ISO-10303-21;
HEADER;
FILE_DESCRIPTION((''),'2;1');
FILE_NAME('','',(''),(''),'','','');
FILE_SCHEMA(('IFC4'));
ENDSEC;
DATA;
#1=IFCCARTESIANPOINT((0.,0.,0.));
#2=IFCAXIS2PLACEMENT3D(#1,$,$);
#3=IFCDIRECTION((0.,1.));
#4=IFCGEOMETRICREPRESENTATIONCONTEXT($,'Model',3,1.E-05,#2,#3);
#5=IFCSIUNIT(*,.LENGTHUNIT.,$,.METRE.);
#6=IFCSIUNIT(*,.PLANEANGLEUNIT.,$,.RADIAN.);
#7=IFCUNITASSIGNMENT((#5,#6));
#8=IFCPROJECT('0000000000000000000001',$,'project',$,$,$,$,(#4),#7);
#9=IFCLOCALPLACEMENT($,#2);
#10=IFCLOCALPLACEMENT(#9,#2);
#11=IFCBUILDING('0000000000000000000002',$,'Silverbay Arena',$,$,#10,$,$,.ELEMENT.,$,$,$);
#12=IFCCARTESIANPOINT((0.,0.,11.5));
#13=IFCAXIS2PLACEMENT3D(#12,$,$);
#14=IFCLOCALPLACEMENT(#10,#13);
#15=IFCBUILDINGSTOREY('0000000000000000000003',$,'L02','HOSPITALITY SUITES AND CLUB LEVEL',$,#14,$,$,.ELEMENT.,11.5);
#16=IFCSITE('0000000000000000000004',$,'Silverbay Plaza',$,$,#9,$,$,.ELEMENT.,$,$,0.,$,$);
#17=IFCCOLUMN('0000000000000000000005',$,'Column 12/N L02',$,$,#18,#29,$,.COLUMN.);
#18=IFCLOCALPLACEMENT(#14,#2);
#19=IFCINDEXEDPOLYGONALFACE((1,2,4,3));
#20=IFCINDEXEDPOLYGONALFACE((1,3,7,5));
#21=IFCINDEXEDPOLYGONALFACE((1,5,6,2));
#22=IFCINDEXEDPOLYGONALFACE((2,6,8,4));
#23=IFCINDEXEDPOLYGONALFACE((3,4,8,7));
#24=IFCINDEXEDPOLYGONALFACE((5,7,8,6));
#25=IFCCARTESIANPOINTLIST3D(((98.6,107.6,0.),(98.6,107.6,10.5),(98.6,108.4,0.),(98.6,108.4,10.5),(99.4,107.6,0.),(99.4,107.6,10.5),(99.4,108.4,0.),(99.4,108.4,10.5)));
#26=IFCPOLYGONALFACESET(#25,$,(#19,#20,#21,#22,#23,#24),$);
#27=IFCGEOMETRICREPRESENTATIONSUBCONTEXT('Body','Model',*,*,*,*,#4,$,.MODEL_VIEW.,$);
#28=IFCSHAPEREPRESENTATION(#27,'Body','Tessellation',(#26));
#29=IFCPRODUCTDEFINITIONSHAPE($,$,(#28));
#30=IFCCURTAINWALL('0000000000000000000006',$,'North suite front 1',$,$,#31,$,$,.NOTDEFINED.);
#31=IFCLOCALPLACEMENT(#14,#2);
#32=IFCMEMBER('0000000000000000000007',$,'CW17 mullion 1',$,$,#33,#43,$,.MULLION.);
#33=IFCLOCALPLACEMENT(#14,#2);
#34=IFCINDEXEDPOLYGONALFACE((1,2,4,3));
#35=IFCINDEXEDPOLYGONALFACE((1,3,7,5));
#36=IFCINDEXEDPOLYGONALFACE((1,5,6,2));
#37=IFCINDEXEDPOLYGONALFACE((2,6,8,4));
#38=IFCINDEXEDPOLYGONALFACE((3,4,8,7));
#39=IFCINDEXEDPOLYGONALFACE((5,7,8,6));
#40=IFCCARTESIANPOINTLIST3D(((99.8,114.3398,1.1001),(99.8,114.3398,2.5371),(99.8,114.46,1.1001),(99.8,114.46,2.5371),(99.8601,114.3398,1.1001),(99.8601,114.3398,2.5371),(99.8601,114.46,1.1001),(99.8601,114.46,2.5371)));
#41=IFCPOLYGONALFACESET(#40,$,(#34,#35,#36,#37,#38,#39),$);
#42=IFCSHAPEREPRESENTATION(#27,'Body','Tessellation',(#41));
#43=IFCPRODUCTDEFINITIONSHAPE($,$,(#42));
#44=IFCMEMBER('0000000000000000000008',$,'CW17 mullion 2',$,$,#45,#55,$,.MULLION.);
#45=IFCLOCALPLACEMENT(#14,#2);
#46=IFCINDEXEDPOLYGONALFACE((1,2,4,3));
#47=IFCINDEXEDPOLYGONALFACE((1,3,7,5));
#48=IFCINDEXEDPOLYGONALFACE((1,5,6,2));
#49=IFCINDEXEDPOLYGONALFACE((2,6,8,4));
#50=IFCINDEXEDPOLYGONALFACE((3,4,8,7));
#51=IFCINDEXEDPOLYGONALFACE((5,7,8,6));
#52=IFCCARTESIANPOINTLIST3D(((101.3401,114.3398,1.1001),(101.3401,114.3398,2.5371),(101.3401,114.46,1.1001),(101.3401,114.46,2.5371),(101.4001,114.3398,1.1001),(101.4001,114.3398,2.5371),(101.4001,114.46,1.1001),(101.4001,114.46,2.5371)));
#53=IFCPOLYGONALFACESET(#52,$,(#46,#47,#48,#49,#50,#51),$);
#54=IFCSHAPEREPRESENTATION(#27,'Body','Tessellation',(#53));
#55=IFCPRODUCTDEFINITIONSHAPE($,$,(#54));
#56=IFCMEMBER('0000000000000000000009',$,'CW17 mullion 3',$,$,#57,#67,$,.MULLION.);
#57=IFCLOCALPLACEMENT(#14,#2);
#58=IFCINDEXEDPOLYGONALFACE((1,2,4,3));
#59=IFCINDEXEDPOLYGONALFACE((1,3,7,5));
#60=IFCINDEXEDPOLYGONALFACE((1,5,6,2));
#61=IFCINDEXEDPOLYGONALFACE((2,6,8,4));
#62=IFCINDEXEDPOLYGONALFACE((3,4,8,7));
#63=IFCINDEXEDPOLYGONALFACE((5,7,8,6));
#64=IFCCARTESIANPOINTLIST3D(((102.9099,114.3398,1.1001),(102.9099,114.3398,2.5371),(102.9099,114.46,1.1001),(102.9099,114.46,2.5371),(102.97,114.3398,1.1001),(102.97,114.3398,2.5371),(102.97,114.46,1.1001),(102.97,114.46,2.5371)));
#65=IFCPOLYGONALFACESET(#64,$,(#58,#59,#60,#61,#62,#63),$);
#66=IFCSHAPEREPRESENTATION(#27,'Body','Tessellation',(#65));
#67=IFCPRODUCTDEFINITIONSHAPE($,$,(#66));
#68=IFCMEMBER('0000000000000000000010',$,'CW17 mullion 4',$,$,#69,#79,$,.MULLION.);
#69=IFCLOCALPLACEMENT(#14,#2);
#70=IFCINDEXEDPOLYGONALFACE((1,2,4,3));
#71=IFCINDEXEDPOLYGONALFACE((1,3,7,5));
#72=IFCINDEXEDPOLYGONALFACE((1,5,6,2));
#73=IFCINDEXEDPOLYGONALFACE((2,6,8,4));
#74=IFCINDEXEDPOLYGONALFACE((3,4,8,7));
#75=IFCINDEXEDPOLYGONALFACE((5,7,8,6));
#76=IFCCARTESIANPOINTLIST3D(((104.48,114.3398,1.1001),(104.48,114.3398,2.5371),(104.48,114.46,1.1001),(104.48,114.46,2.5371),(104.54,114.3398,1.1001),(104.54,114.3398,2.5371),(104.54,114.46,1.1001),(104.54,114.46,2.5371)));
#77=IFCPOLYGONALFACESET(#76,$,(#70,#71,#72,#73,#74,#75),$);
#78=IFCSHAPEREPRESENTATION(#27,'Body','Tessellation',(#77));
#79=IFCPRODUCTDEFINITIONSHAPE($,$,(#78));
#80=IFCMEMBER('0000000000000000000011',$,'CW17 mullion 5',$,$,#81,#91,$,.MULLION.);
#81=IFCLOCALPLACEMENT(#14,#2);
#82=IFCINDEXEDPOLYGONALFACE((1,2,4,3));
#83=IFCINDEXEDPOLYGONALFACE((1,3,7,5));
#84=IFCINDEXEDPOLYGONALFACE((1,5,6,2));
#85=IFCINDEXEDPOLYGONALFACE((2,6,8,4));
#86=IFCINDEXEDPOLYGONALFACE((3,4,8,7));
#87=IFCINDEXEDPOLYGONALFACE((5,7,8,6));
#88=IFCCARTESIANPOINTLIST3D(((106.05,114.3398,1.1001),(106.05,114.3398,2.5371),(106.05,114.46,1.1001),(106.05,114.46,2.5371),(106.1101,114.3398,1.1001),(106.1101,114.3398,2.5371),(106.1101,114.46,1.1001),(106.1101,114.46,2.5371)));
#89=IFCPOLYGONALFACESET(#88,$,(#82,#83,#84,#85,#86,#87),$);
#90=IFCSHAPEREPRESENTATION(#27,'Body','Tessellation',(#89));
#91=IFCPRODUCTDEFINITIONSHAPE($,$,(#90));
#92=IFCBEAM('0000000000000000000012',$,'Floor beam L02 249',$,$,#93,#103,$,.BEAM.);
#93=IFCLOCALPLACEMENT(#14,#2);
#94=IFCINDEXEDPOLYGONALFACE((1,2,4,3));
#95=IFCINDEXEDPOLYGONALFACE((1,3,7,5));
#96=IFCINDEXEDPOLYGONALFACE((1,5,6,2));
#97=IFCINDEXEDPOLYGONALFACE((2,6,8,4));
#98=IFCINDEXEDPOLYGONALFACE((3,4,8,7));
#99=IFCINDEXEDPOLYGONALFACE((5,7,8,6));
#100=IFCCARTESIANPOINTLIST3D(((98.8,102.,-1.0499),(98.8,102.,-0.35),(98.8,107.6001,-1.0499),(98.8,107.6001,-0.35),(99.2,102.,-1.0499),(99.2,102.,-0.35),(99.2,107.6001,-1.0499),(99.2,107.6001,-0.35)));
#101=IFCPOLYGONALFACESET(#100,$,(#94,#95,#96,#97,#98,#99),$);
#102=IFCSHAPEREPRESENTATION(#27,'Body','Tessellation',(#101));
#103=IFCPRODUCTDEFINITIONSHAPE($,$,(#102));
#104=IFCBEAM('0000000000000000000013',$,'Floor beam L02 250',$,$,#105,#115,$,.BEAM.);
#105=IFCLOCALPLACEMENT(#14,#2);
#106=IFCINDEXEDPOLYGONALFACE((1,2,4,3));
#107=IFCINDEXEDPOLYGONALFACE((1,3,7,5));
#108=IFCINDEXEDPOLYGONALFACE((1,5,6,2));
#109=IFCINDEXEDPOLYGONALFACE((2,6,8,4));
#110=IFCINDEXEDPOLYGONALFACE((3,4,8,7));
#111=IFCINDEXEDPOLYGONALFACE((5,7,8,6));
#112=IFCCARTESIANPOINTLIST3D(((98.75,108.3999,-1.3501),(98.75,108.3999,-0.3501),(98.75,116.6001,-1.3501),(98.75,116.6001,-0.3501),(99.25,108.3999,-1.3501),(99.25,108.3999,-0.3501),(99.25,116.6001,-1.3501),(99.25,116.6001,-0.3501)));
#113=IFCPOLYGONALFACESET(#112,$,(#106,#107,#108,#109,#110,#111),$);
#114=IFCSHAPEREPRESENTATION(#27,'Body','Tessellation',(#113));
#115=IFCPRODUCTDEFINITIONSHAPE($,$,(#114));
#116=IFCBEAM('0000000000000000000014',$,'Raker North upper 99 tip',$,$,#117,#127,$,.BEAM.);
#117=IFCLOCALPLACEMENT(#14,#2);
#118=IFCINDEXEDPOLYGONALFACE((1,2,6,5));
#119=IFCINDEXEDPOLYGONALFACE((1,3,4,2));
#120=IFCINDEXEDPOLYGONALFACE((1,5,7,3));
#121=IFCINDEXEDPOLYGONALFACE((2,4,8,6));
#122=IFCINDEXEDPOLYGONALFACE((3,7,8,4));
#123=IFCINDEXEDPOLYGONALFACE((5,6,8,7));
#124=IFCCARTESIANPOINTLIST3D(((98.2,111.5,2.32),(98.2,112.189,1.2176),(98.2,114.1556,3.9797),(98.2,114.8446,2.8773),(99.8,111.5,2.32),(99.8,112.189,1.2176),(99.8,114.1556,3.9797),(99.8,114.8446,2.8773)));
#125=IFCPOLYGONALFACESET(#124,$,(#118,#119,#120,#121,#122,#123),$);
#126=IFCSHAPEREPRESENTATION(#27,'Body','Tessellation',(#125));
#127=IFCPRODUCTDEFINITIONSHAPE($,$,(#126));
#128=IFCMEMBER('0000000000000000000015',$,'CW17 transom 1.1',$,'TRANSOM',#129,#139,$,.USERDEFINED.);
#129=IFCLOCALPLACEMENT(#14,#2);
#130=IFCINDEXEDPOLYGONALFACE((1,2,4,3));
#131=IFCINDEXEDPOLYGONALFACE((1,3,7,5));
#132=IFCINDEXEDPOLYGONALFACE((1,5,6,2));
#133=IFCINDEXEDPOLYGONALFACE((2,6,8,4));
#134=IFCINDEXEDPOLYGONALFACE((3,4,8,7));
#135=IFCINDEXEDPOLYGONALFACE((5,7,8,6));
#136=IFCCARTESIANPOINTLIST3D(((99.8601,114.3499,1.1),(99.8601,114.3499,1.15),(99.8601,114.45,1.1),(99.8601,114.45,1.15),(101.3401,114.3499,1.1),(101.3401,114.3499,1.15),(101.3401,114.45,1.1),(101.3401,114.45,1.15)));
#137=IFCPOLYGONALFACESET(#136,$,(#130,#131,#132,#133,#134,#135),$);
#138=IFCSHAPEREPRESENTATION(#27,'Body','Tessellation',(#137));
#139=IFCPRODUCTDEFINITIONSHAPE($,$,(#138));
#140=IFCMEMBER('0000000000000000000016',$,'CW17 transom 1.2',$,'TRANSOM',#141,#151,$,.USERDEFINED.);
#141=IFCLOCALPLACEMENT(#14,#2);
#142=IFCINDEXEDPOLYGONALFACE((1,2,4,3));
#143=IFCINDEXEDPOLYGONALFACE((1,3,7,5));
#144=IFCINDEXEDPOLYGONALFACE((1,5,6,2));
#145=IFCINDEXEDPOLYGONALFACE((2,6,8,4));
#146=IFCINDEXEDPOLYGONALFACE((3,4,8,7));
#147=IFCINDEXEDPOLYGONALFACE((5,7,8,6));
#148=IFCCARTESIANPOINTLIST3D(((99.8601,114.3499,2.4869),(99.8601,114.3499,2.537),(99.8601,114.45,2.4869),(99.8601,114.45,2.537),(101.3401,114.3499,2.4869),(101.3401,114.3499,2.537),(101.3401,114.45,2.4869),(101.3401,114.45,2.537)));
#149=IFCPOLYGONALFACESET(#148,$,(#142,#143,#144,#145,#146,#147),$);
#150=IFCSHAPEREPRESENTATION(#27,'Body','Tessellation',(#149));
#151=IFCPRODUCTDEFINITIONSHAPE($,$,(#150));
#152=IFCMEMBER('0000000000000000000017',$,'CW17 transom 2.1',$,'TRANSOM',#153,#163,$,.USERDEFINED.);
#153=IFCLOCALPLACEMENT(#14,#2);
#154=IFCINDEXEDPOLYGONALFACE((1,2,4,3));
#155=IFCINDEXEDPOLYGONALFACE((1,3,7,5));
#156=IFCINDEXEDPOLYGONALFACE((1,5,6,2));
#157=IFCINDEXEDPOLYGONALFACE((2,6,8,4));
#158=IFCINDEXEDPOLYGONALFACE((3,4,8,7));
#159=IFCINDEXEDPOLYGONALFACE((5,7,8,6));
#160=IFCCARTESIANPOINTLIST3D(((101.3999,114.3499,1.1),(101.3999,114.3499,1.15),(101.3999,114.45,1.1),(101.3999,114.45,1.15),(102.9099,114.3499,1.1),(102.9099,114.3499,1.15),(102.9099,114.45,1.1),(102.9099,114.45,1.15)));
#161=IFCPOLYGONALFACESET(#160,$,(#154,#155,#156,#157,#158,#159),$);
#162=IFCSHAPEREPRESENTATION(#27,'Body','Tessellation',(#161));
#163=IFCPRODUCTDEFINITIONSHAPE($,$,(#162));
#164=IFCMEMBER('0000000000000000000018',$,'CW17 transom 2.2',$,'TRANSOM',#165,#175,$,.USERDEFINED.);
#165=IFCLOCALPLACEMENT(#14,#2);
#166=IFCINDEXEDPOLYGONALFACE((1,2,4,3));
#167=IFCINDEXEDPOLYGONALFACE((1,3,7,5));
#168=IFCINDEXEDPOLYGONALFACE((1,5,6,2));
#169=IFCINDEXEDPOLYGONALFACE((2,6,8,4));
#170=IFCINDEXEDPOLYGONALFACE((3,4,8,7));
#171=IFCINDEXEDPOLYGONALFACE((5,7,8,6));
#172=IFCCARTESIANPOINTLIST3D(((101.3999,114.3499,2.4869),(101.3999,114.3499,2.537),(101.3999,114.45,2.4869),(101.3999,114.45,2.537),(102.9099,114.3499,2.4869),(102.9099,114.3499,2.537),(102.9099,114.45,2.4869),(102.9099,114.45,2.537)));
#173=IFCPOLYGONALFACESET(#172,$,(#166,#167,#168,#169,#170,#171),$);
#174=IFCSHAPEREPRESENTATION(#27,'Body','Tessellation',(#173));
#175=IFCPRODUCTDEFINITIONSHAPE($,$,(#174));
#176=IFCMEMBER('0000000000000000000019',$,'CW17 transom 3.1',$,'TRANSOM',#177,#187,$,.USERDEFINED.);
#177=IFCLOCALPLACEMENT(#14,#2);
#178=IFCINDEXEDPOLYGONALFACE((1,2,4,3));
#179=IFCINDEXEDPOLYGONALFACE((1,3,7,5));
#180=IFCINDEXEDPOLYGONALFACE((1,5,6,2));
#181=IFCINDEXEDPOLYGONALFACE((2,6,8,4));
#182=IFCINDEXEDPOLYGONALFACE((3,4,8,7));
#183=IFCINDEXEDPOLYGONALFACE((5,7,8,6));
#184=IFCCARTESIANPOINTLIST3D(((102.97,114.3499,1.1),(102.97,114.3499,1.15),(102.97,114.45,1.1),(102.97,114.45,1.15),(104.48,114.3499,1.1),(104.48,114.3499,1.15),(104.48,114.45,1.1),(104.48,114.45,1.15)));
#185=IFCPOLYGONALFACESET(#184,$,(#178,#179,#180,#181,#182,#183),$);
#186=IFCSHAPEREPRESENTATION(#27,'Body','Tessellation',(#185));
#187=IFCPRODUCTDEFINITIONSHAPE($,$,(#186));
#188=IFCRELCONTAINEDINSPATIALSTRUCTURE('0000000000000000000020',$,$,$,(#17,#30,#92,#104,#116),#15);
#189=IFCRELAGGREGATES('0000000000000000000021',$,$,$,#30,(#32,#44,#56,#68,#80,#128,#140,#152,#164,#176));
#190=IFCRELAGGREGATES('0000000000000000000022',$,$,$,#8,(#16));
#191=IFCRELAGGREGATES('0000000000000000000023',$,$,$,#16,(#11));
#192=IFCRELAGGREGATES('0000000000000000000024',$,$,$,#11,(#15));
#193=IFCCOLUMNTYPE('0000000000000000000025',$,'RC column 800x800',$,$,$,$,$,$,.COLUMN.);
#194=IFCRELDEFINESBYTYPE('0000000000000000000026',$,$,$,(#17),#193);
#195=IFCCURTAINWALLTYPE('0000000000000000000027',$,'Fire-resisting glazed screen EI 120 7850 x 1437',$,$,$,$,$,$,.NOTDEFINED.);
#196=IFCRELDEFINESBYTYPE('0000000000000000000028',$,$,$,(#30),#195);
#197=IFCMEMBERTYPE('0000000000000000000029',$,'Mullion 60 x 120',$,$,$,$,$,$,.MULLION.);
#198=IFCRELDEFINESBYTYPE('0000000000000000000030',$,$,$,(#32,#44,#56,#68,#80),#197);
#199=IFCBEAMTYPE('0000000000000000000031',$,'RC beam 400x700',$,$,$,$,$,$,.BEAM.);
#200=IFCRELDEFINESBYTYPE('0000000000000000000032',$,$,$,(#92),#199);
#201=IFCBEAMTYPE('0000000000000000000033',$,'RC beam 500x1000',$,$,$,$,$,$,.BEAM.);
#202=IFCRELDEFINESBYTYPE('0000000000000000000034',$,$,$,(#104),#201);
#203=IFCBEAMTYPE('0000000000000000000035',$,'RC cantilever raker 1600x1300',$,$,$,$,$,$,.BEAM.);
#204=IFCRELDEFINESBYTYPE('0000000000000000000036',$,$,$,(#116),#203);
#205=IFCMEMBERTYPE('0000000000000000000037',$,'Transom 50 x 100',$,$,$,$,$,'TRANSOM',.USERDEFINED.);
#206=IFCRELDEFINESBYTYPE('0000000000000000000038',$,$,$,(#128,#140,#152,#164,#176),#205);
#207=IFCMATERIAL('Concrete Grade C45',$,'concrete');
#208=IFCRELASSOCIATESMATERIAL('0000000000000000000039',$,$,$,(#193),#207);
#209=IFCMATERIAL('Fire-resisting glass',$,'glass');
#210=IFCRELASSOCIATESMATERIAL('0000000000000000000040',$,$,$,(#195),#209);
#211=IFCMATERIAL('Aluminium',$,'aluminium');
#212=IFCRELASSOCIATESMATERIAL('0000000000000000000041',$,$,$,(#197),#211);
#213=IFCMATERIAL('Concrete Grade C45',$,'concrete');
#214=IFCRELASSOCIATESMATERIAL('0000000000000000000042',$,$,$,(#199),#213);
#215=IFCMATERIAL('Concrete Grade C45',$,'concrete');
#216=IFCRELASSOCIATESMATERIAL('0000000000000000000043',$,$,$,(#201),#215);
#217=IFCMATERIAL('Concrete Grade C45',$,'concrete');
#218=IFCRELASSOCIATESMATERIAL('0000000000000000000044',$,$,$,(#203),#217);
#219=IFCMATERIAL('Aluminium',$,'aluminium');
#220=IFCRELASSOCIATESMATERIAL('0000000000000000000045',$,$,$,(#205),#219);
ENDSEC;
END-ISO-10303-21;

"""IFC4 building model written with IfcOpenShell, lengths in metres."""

from ifc_helpers import new_model, si_unit, direction, frame, origin, origin_2d, place, context, subcontext, project, spatial, rectangle, extrude, material, material_profile, profile_set, type_object, element, aggregate, save


model = new_model("IFC4")

# Units and contexts
model_context = context("Model", 3, precision=1e-05, world=origin(), true_north=direction((0.0, 1.0)))
body_context = subcontext(model_context, "Body", "Model", "MODEL_VIEW")
ifc_project = project(units=[si_unit("LENGTHUNIT", "METRE"), si_unit("PLANEANGLEUNIT", "RADIAN")], contexts=[model_context])

# Site, building, storey
site_placement = place(None, origin())
site = spatial("IfcSite", under=ifc_project, at=site_placement, Name="Silverbay Plaza", CompositionType="ELEMENT", RefElevation=0.0)
building_placement = place(site_placement, origin())
building = spatial("IfcBuilding", under=site, at=building_placement, Name="Silverbay Arena", CompositionType="ELEMENT")
storey_placement = place(building_placement, frame((0.0, 0.0, 11.5)))
storey = spatial("IfcBuildingStorey", under=building, at=storey_placement, Name="L02", Description="HOSPITALITY SUITES AND CLUB LEVEL", CompositionType="ELEMENT", Elevation=11.5)

# Column
ifc_material_1 = material(Name="Concrete Grade C45", Category="concrete")
ifc_material_profile_1 = material_profile(ifc_material_1, rectangle(XDim=0.8, YDim=0.8, at=origin_2d()), Name="RC 800x800")
ifc_profile_set_1 = profile_set([ifc_material_profile_1], Name="Concrete Grade C45")
column_type = type_object("IfcColumnType", Name="RC column 800x800", PredefinedType="COLUMN", material=ifc_profile_set_1)
column_placement = place(storey_placement, frame((99.0, 108.0, 0.0), z_axis=(0.0, 0.0, 1.0), x_axis=(1.0, 0.0, 0.0)))
element("IfcColumn", 1, at=column_placement, inside=storey, type_object=column_type, Name="Column 12/N L02", PredefinedType="COLUMN", context=body_context, shape_type="SweptSolid", body=[
    extrude(rectangle(XDim=0.8, YDim=0.8, at=origin_2d()), origin(), (0.0, 0.0, 1.0), 10.5),
])

# Curtain wall, members
ifc_material_2 = material(Name="Fire-resisting glass", Category="glass")
curtain_wall_type = type_object("IfcCurtainWallType", Name="Fire-resisting glazed screen EI 120 7850 x 1437", PredefinedType="NOTDEFINED", material=ifc_material_2)
curtain_wall_placement = place(storey_placement, origin())
curtain_wall = element("IfcCurtainWall", 2, at=curtain_wall_placement, inside=storey, type_object=curtain_wall_type, Name="North suite front 1", PredefinedType="NOTDEFINED")
ifc_material_3 = material(Name="Aluminium", Category="aluminium")
ifc_material_profile_2 = material_profile(ifc_material_3, rectangle(XDim=0.1201, YDim=0.0601, at=origin_2d()), Name="Mullion 60 x 120")
ifc_profile_set_2 = profile_set([ifc_material_profile_2], Name="Aluminium")
member_type_1 = type_object("IfcMemberType", Name="Mullion 60 x 120", PredefinedType="MULLION", material=ifc_profile_set_2)
member_1_placement = place(storey_placement, frame((99.8301, 114.3999, 1.1001), z_axis=(0.0, 0.0, 1.0), x_axis=(0.0, 1.0, 0.0)))
member_1 = element("IfcMember", 3, at=member_1_placement, type_object=member_type_1, Name="CW17 mullion 1", PredefinedType="MULLION", context=body_context, shape_type="SweptSolid", body=[
    extrude(rectangle(XDim=0.1201, YDim=0.0601, at=origin_2d()), origin(), (0.0, 0.0, 1.0), 1.437),
])
member_2_placement = place(storey_placement, frame((101.3701, 114.3999, 1.1001), z_axis=(0.0, 0.0, 1.0), x_axis=(0.0, 1.0, 0.0)))
member_2 = element("IfcMember", 4, at=member_2_placement, type_object=member_type_1, Name="CW17 mullion 2", PredefinedType="MULLION", context=body_context, shape_type="SweptSolid", body=[
    extrude(rectangle(XDim=0.1201, YDim=0.0601, at=origin_2d()), origin(), (0.0, 0.0, 1.0), 1.437),
])
member_3_placement = place(storey_placement, frame((102.9399, 114.3999, 1.1001), z_axis=(0.0, 0.0, 1.0), x_axis=(0.0, 1.0, 0.0)))
member_3 = element("IfcMember", 5, at=member_3_placement, type_object=member_type_1, Name="CW17 mullion 3", PredefinedType="MULLION", context=body_context, shape_type="SweptSolid", body=[
    extrude(rectangle(XDim=0.1201, YDim=0.0601, at=origin_2d()), origin(), (0.0, 0.0, 1.0), 1.437),
])
member_4_placement = place(storey_placement, frame((104.51, 114.3999, 1.1001), z_axis=(0.0, 0.0, 1.0), x_axis=(0.0, 1.0, 0.0)))
member_4 = element("IfcMember", 6, at=member_4_placement, type_object=member_type_1, Name="CW17 mullion 4", PredefinedType="MULLION", context=body_context, shape_type="SweptSolid", body=[
    extrude(rectangle(XDim=0.1201, YDim=0.0601, at=origin_2d()), origin(), (0.0, 0.0, 1.0), 1.437),
])
member_5_placement = place(storey_placement, frame((106.0801, 114.3999, 1.1001), z_axis=(0.0, 0.0, 1.0), x_axis=(0.0, 1.0, 0.0)))
member_5 = element("IfcMember", 7, at=member_5_placement, type_object=member_type_1, Name="CW17 mullion 5", PredefinedType="MULLION", context=body_context, shape_type="SweptSolid", body=[
    extrude(rectangle(XDim=0.1201, YDim=0.0601, at=origin_2d()), origin(), (0.0, 0.0, 1.0), 1.437),
])

# Beams
ifc_material_4 = material(Name="Concrete Grade C45", Category="concrete")
ifc_material_profile_3 = material_profile(ifc_material_4, rectangle(XDim=0.3999, YDim=0.7, at=origin_2d()), Name="RC 400x700")
ifc_profile_set_3 = profile_set([ifc_material_profile_3], Name="Concrete Grade C45")
beam_type_1 = type_object("IfcBeamType", Name="RC beam 400x700", PredefinedType="BEAM", material=ifc_profile_set_3)
beam_1_placement = place(storey_placement, frame((99.0, 102.0, -0.7), z_axis=(0.0, 1.0, 0.0), x_axis=(-1.0, 0.0, 0.0)))
element("IfcBeam", 8, at=beam_1_placement, inside=storey, type_object=beam_type_1, Name="Floor beam L02 249", PredefinedType="BEAM", context=body_context, shape_type="SweptSolid", body=[
    extrude(rectangle(XDim=0.3999, YDim=0.7, at=origin_2d()), origin(), (0.0, 0.0, 1.0), 5.6001),
])
ifc_material_5 = material(Name="Concrete Grade C45", Category="concrete")
ifc_material_profile_4 = material_profile(ifc_material_5, rectangle(XDim=0.5, YDim=1.0, at=origin_2d()), Name="RC 500x1000")
ifc_profile_set_4 = profile_set([ifc_material_profile_4], Name="Concrete Grade C45")
beam_type_2 = type_object("IfcBeamType", Name="RC beam 500x1000", PredefinedType="BEAM", material=ifc_profile_set_4)
beam_2_placement = place(storey_placement, frame((99.0, 108.3999, -0.8501), z_axis=(0.0, 1.0, 0.0), x_axis=(-1.0, 0.0, 0.0)))
element("IfcBeam", 9, at=beam_2_placement, inside=storey, type_object=beam_type_2, Name="Floor beam L02 250", PredefinedType="BEAM", context=body_context, shape_type="SweptSolid", body=[
    extrude(rectangle(XDim=0.5, YDim=1.0, at=origin_2d()), origin(), (0.0, 0.0, 1.0), 8.2002),
])
ifc_material_6 = material(Name="Concrete Grade C45", Category="concrete")
ifc_material_profile_5 = material_profile(ifc_material_6, rectangle(XDim=1.6001, YDim=1.3, at=origin_2d()), Name="RC 1600x1300")
ifc_profile_set_5 = profile_set([ifc_material_profile_5], Name="Concrete Grade C45")
beam_type_3 = type_object("IfcBeamType", Name="RC cantilever raker 1600x1300", PredefinedType="BEAM", material=ifc_profile_set_5)
beam_3_placement = place(storey_placement, frame((99.0, 111.8445, 1.7688), z_axis=(0.0, 0.848003, 0.529992), x_axis=(-1.0, 0.0, 0.0)))
element("IfcBeam", 10, at=beam_3_placement, inside=storey, type_object=beam_type_3, Name="Raker North upper 99 tip", PredefinedType="BEAM", context=body_context, shape_type="SweptSolid", body=[
    extrude(rectangle(XDim=1.6001, YDim=1.3, at=origin_2d()), origin(), (0.0, 0.0, 1.0), 3.1316),
])

# Members
ifc_material_7 = material(Name="Aluminium", Category="aluminium")
ifc_material_profile_6 = material_profile(ifc_material_7, rectangle(XDim=0.1001, YDim=0.05, at=origin_2d()), Name="Transom 50 x 100")
ifc_profile_set_6 = profile_set([ifc_material_profile_6], Name="Aluminium")
member_type_2 = type_object("IfcMemberType", Name="Transom 50 x 100", ElementType="TRANSOM", PredefinedType="USERDEFINED", material=ifc_profile_set_6)
member_6_placement = place(storey_placement, frame((99.8601, 114.3999, 1.125), z_axis=(1.0, 0.0, 0.0), x_axis=(0.0, 1.0, 0.0)))
member_6 = element("IfcMember", 11, at=member_6_placement, type_object=member_type_2, Name="CW17 transom 1.1", ObjectType="TRANSOM", PredefinedType="USERDEFINED", context=body_context, shape_type="SweptSolid", body=[
    extrude(rectangle(XDim=0.1001, YDim=0.05, at=origin_2d()), origin(), (0.0, 0.0, 1.0), 1.48),
])
member_7_placement = place(storey_placement, frame((99.8601, 114.3999, 2.512), z_axis=(1.0, 0.0, 0.0), x_axis=(0.0, 1.0, 0.0)))
member_7 = element("IfcMember", 12, at=member_7_placement, type_object=member_type_2, Name="CW17 transom 1.2", ObjectType="TRANSOM", PredefinedType="USERDEFINED", context=body_context, shape_type="SweptSolid", body=[
    extrude(rectangle(XDim=0.1001, YDim=0.05, at=origin_2d()), origin(), (0.0, 0.0, 1.0), 1.48),
])
member_8_placement = place(storey_placement, frame((101.3999, 114.3999, 1.125), z_axis=(1.0, 0.0, 0.0), x_axis=(0.0, 1.0, 0.0)))
member_8 = element("IfcMember", 13, at=member_8_placement, type_object=member_type_2, Name="CW17 transom 2.1", ObjectType="TRANSOM", PredefinedType="USERDEFINED", context=body_context, shape_type="SweptSolid", body=[
    extrude(rectangle(XDim=0.1001, YDim=0.05, at=origin_2d()), origin(), (0.0, 0.0, 1.0), 1.51),
])
member_9_placement = place(storey_placement, frame((101.3999, 114.3999, 2.512), z_axis=(1.0, 0.0, 0.0), x_axis=(0.0, 1.0, 0.0)))
member_9 = element("IfcMember", 14, at=member_9_placement, type_object=member_type_2, Name="CW17 transom 2.2", ObjectType="TRANSOM", PredefinedType="USERDEFINED", context=body_context, shape_type="SweptSolid", body=[
    extrude(rectangle(XDim=0.1001, YDim=0.05, at=origin_2d()), origin(), (0.0, 0.0, 1.0), 1.51),
])
member_10_placement = place(storey_placement, frame((102.97, 114.3999, 1.125), z_axis=(1.0, 0.0, 0.0), x_axis=(0.0, 1.0, 0.0)))
member_10 = element("IfcMember", 15, at=member_10_placement, type_object=member_type_2, Name="CW17 transom 3.1", ObjectType="TRANSOM", PredefinedType="USERDEFINED", context=body_context, shape_type="SweptSolid", body=[
    extrude(rectangle(XDim=0.1001, YDim=0.05, at=origin_2d()), origin(), (0.0, 0.0, 1.0), 1.51),
])

aggregate(curtain_wall, [member_1, member_2, member_3, member_4, member_5, member_6, member_7, member_8, member_9, member_10])

save(model, "model.ifc")
